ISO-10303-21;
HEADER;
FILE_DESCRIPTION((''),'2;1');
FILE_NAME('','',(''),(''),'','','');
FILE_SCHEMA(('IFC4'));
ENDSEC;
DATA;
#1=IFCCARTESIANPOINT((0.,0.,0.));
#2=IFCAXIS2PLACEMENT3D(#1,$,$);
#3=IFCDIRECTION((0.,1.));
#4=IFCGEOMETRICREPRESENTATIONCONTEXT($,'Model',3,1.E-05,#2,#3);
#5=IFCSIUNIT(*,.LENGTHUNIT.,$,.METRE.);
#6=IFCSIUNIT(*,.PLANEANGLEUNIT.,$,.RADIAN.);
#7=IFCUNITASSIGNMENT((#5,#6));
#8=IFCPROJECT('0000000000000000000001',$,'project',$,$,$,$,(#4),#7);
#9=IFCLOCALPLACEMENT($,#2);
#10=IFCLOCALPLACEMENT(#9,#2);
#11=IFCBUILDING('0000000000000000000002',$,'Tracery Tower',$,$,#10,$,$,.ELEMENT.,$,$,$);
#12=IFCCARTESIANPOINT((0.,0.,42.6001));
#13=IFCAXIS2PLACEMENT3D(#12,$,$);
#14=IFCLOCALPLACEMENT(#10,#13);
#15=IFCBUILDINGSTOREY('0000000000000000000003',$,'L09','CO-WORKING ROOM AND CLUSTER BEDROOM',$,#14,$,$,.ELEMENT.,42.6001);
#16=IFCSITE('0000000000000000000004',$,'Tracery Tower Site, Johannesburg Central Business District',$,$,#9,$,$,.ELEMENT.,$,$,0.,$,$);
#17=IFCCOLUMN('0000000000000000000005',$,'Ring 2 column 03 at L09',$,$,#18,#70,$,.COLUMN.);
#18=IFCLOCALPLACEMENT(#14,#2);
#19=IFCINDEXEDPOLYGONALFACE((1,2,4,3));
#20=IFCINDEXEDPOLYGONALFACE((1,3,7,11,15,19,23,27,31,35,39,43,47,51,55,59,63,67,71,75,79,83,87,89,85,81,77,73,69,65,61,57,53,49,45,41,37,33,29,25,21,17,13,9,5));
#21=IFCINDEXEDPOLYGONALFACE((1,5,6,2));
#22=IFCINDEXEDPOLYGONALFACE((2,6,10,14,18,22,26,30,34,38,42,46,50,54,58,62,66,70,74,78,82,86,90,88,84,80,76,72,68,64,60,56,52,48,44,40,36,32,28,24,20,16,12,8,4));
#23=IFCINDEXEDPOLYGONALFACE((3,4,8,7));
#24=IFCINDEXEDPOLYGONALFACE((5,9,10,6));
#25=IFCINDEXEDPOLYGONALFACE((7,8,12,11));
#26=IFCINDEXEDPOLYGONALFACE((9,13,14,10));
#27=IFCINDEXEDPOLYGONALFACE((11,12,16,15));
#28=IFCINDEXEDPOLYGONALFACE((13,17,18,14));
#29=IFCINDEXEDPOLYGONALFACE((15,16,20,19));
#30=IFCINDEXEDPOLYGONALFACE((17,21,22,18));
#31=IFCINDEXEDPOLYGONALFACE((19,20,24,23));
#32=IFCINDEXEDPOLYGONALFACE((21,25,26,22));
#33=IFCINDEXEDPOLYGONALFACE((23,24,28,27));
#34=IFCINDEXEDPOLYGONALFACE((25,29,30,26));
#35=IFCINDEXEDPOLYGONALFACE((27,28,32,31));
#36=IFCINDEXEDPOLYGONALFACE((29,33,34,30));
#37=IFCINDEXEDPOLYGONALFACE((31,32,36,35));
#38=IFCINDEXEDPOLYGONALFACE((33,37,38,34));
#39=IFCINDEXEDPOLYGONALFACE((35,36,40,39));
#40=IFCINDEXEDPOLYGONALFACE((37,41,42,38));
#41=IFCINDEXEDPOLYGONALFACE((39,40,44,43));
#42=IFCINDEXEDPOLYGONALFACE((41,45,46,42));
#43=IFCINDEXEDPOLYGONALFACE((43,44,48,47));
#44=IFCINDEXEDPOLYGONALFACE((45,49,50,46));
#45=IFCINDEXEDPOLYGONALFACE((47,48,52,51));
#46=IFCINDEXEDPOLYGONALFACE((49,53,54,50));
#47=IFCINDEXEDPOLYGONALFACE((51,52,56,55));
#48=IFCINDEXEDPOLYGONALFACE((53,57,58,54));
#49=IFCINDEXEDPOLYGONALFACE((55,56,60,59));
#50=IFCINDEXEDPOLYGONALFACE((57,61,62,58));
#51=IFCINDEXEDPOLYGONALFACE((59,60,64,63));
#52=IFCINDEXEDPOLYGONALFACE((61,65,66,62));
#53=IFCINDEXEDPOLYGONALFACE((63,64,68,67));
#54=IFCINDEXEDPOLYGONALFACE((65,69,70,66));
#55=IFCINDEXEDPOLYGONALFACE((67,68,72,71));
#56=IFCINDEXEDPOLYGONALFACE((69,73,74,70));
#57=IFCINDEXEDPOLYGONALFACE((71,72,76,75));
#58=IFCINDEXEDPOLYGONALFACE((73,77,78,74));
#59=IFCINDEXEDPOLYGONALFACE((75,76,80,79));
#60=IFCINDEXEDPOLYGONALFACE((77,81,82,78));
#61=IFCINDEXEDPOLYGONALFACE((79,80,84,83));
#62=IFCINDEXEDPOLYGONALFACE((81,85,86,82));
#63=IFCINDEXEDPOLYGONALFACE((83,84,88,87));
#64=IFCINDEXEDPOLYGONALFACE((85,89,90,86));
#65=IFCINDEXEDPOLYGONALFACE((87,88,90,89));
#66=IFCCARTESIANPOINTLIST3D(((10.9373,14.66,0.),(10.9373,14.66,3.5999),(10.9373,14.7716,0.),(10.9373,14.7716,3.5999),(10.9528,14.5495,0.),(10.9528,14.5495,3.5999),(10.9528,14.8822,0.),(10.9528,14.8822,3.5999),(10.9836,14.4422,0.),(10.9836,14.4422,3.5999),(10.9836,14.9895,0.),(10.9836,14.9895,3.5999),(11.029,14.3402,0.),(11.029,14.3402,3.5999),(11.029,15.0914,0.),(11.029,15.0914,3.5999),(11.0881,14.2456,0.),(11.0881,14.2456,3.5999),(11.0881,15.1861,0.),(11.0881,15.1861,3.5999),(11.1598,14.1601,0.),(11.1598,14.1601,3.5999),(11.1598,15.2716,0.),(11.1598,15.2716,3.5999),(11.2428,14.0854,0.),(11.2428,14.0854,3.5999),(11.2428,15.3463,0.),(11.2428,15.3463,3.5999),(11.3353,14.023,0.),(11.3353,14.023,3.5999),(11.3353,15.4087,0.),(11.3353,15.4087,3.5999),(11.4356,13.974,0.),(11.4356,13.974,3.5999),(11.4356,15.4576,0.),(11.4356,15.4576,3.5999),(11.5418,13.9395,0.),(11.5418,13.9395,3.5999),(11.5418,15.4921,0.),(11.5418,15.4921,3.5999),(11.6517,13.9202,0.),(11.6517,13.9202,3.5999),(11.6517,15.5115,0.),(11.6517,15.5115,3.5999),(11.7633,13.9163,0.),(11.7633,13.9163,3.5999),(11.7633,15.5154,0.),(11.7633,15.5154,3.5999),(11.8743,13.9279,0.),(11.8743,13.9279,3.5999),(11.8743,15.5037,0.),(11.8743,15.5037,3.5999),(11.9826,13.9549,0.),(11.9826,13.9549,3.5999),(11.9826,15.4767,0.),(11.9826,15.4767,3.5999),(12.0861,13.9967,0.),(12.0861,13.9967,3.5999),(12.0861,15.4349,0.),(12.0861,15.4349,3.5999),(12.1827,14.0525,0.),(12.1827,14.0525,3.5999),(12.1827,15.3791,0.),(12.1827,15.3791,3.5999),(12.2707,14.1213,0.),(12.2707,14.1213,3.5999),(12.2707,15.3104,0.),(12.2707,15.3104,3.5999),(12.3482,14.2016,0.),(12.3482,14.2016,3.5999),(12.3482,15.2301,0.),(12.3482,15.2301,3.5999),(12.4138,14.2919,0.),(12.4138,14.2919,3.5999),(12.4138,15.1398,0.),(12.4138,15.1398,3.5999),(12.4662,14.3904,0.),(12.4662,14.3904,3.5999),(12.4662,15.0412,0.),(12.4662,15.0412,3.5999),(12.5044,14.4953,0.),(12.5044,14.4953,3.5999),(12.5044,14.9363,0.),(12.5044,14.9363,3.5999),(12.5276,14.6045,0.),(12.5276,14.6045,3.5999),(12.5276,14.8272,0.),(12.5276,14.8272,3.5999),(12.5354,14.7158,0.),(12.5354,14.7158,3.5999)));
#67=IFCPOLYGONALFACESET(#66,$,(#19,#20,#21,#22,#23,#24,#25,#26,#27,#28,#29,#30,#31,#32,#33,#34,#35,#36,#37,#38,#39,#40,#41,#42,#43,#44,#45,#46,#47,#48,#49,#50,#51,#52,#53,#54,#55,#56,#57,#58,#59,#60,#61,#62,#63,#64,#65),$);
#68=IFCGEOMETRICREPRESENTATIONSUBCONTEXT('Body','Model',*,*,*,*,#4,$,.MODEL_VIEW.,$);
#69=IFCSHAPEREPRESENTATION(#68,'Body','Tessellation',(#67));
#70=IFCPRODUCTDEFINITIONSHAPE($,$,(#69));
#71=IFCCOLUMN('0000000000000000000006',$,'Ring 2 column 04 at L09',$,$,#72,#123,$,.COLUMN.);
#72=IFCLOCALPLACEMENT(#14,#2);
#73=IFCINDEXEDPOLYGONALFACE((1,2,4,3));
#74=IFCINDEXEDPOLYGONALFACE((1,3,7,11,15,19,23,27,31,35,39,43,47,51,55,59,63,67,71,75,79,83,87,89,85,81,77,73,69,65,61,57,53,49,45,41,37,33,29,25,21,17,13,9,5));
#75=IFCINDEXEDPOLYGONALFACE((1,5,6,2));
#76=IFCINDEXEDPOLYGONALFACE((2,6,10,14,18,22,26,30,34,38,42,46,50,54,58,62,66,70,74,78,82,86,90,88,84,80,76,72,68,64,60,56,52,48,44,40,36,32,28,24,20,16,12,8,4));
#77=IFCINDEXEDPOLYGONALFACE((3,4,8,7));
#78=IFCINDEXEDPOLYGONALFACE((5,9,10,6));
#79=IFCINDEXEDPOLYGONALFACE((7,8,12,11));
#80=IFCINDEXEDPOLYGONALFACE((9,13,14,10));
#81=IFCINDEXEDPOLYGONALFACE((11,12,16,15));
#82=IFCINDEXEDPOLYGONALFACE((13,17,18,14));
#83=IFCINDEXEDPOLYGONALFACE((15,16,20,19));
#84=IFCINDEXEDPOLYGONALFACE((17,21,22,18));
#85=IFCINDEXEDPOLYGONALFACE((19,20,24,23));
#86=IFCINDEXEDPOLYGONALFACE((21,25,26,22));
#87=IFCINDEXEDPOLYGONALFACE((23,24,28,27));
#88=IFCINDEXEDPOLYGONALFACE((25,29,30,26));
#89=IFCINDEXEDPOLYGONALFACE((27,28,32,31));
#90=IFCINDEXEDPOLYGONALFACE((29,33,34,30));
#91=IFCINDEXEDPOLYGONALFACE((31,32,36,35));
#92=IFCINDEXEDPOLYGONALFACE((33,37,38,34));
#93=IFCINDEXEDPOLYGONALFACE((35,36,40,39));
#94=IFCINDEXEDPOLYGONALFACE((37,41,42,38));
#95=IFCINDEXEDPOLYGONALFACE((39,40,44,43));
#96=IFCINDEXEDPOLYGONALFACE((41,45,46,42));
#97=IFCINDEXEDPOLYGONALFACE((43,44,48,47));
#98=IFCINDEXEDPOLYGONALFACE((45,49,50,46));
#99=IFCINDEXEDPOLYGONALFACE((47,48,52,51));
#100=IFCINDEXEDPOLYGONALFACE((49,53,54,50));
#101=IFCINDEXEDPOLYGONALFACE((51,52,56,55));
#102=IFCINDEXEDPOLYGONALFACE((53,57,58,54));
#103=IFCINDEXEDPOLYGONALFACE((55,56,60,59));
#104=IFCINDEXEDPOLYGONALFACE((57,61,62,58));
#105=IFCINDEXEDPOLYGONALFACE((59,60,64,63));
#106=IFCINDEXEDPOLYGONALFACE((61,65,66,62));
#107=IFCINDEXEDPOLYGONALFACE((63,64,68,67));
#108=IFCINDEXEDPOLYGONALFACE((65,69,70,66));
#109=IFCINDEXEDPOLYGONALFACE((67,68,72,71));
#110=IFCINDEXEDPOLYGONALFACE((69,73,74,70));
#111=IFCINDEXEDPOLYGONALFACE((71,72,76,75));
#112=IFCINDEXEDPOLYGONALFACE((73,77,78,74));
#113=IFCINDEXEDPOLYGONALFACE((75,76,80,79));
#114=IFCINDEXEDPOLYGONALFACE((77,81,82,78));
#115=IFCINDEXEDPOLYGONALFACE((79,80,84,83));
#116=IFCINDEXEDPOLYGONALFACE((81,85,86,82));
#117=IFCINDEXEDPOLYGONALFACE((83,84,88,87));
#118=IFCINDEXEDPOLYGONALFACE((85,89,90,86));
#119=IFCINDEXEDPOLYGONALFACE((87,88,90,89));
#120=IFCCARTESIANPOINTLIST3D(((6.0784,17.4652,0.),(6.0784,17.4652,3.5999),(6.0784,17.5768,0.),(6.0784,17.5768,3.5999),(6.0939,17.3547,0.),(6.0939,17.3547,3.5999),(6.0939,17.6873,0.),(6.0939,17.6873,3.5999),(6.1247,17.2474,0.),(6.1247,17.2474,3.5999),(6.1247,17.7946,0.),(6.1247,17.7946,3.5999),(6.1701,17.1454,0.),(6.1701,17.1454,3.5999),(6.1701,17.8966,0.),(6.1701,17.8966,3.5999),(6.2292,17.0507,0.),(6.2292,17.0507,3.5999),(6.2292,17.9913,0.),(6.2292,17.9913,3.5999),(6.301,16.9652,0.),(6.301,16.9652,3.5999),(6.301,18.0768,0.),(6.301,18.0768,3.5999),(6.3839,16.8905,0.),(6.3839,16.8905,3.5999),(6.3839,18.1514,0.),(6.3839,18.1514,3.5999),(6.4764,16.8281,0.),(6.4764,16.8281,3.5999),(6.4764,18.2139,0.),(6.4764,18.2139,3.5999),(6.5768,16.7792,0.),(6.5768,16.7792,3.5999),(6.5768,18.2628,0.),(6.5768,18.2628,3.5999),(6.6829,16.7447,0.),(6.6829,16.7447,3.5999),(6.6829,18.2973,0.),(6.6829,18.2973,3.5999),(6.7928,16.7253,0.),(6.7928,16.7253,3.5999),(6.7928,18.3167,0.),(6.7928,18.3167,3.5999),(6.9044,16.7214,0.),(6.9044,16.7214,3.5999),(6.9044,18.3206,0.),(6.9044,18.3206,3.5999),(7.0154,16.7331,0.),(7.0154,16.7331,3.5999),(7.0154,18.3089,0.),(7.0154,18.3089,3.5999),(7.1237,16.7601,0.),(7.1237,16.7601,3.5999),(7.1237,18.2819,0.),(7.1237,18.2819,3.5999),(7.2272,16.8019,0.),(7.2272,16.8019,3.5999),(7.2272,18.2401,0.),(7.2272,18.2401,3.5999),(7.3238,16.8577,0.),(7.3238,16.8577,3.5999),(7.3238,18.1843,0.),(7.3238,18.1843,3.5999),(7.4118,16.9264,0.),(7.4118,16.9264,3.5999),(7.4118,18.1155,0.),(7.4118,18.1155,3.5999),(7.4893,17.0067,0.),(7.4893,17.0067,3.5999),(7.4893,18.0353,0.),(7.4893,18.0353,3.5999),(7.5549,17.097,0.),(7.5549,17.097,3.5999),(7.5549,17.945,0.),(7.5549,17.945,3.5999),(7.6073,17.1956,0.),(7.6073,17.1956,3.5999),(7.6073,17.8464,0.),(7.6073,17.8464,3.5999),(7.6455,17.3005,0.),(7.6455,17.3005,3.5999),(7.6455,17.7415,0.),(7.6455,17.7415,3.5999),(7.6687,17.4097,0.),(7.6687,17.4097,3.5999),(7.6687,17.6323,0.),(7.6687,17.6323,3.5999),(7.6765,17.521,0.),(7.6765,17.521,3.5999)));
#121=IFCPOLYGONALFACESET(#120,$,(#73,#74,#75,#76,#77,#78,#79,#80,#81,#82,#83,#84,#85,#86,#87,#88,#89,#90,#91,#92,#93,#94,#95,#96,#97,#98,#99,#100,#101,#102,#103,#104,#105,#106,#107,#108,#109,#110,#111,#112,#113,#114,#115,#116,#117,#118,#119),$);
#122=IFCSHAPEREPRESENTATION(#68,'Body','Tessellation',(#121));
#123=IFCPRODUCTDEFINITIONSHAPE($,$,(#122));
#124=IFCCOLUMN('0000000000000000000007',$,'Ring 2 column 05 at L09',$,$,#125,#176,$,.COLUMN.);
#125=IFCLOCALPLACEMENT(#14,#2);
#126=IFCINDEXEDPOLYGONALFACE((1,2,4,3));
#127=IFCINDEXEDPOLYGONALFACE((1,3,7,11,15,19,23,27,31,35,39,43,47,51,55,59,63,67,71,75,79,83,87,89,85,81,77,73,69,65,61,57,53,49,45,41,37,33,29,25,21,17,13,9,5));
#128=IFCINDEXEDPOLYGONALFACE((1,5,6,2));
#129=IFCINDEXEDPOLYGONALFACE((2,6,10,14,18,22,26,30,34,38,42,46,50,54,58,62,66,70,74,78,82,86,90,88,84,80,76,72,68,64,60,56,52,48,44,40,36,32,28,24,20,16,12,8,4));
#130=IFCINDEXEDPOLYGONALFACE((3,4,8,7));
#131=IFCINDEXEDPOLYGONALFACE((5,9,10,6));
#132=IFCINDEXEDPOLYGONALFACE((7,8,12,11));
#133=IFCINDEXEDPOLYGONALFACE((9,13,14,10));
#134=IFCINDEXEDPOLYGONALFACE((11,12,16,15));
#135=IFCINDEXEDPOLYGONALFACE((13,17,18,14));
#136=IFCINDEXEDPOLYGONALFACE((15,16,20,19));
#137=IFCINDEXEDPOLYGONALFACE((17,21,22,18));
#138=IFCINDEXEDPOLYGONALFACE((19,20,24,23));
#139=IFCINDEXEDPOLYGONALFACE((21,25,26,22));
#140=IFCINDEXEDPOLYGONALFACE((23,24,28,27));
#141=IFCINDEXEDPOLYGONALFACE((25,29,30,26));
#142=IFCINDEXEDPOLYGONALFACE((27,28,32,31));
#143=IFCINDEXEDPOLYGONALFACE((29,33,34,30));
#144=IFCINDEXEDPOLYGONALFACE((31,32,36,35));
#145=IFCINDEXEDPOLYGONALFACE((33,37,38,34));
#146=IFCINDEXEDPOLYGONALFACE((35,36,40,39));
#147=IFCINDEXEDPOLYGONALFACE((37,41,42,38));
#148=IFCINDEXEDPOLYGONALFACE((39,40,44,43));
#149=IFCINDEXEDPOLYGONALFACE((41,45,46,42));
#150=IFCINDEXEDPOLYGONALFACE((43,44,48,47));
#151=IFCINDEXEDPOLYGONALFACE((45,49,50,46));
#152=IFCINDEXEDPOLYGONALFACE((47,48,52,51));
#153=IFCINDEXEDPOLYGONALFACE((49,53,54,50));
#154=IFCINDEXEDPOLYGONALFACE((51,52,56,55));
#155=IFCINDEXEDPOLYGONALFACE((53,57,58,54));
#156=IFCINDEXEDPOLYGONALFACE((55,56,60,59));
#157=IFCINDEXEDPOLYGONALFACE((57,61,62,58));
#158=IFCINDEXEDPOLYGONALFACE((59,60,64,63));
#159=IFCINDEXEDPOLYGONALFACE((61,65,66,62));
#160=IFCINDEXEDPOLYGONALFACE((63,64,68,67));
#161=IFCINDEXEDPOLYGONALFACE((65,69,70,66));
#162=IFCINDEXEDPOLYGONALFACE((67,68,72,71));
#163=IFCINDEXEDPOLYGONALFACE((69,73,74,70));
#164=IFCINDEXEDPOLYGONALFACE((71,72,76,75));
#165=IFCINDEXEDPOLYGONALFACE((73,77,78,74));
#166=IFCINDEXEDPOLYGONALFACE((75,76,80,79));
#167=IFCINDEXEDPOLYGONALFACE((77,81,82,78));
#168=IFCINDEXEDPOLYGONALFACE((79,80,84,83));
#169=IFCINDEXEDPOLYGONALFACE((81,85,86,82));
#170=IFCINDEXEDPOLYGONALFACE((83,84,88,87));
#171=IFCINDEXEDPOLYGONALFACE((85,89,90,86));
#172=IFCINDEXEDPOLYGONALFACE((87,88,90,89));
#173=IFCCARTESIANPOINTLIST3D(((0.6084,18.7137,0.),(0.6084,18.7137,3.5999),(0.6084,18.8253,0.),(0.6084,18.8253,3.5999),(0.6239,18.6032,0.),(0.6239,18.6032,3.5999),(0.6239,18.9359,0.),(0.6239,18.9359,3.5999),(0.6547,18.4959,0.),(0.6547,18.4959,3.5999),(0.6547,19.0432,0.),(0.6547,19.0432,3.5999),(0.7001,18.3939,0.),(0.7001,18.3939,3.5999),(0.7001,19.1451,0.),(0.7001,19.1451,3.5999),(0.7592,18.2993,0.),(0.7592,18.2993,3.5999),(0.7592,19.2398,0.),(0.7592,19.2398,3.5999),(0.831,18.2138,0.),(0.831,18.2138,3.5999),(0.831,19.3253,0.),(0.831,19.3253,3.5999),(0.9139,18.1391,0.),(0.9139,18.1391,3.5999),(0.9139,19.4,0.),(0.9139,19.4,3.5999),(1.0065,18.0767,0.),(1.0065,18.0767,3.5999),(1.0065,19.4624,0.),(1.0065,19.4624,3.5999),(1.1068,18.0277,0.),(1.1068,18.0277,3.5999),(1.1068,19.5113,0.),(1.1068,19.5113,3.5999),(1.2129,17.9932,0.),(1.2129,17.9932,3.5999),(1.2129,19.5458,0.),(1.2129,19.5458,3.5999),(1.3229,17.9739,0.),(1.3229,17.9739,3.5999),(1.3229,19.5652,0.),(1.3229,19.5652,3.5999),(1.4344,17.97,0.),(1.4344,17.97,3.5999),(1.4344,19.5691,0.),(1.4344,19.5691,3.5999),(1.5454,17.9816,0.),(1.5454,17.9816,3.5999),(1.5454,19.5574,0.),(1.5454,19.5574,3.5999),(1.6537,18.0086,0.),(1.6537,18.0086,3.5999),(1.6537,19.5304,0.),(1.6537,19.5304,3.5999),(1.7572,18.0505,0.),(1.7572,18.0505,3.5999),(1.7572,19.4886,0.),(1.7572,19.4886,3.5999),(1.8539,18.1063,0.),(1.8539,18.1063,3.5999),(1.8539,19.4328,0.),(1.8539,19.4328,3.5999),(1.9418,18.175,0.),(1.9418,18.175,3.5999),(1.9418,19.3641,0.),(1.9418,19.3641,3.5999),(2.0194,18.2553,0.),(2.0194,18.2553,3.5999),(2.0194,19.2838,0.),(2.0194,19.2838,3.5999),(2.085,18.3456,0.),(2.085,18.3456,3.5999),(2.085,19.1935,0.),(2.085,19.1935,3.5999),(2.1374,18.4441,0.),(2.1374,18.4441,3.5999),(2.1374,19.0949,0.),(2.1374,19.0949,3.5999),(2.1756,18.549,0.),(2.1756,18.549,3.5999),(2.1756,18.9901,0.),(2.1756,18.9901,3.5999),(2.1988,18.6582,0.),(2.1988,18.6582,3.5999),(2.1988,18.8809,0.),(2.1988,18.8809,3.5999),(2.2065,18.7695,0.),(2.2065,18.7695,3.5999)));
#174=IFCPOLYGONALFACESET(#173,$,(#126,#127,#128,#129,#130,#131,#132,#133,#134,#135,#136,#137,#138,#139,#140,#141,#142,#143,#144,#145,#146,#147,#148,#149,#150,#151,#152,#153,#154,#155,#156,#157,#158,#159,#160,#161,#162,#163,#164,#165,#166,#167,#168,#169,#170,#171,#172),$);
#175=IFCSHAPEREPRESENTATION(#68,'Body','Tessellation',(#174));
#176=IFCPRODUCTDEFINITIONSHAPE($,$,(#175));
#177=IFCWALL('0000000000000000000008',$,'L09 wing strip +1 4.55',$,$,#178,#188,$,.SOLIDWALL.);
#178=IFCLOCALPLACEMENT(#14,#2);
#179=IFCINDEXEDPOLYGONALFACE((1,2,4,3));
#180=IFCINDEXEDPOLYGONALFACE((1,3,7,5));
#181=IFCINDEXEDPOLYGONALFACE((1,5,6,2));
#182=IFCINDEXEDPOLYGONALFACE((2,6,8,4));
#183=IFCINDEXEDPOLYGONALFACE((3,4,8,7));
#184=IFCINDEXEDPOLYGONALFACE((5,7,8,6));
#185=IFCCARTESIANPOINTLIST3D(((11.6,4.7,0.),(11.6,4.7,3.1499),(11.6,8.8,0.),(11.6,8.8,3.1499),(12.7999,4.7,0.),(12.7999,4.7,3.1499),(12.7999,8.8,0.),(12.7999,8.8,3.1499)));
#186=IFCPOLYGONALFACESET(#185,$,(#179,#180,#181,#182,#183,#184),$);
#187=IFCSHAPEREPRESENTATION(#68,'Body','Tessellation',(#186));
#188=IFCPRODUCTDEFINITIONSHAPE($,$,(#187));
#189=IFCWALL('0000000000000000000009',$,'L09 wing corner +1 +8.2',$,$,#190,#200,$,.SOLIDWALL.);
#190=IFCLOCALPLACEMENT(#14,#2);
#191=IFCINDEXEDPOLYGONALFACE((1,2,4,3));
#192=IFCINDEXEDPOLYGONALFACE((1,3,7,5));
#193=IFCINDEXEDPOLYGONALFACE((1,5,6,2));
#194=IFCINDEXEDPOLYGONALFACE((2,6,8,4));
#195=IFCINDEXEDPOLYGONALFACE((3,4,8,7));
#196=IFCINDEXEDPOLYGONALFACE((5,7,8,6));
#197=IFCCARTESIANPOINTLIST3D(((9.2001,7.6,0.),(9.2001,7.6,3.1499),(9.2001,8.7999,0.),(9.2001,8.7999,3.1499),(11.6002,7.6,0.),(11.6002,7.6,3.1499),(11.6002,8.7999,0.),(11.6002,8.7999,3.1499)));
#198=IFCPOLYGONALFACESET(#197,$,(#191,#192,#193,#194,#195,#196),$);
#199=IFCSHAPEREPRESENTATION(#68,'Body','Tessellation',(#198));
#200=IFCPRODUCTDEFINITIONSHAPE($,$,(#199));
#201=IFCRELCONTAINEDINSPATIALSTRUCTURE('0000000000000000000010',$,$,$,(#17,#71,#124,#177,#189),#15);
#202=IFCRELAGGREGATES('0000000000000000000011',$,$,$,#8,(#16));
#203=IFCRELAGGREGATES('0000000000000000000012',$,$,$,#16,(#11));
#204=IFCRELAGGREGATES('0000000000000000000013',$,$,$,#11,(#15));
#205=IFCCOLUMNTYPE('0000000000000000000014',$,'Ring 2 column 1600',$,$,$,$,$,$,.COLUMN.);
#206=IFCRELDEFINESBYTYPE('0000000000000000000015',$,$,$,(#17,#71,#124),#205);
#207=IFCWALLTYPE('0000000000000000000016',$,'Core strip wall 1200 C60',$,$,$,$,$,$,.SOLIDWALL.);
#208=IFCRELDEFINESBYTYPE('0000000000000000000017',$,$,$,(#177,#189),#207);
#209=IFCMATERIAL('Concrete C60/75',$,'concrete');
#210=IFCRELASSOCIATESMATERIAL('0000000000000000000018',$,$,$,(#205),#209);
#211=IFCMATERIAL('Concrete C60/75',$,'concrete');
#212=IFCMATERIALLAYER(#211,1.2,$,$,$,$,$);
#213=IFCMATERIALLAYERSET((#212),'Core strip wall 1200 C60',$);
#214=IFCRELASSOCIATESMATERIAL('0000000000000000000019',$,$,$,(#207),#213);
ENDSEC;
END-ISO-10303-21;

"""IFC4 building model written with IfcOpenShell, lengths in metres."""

from ifc_helpers import new_model, si_unit, direction, frame, frame_2d, origin, origin_2d, place, context, subcontext, project, spatial, rectangle, circle, extrude, material, layer, layer_set, material_profile, profile_set, type_object, element, save


model = new_model("IFC4")

# Units and contexts
model_context = context("Model", 3, precision=1e-05, world=origin(), true_north=direction((0.0, 1.0)))
body_context = subcontext(model_context, "Body", "Model", "MODEL_VIEW")
ifc_project = project(units=[si_unit("LENGTHUNIT", "METRE"), si_unit("PLANEANGLEUNIT", "RADIAN")], contexts=[model_context])

# Site, building, storey
site_placement = place(None, origin())
site = spatial("IfcSite", under=ifc_project, at=site_placement, Name="Tracery Tower Site, Johannesburg Central Business District", CompositionType="ELEMENT", RefElevation=0.0)
building_placement = place(site_placement, origin())
building = spatial("IfcBuilding", under=site, at=building_placement, Name="Tracery Tower", CompositionType="ELEMENT")
storey_placement = place(building_placement, frame((0.0, 0.0, 42.6001)))
storey = spatial("IfcBuildingStorey", under=building, at=storey_placement, Name="L09", Description="CO-WORKING ROOM AND CLUSTER BEDROOM", CompositionType="ELEMENT", Elevation=42.6001)

# Columns
ifc_material_1 = material(Name="Concrete C60/75", Category="concrete")
ifc_material_profile_1 = material_profile(ifc_material_1, circle(Radius=0.8, at=origin_2d()), Name="RC D1600")
ifc_profile_set_1 = profile_set([ifc_material_profile_1], Name="Concrete C60/75")
column_type_1 = type_object("IfcColumnType", Name="Ring 2 column 1600", PredefinedType="COLUMN", material=ifc_profile_set_1)
for number, where, z_axis, x_axis, name in (
    (1, (11.7354, 14.7158, 0.0), (0.0, 0.0, 1.0), (1.0, 0.0, 0.0), "Ring 2 column 03 at L09"),
    (2, (6.8765, 17.521, 0.0), (0.0, 0.0, 1.0), (1.0, 0.0, 0.0), "Ring 2 column 04 at L09"),
    (3, (1.4065, 18.7695, 0.0), (0.0, 0.0, 1.0), (1.0, 0.0, 0.0), "Ring 2 column 05 at L09"),
):
    element("IfcColumn", number, at=place(storey_placement, frame(where, z_axis=z_axis, x_axis=x_axis)), inside=storey, type_object=column_type_1, Name=name, PredefinedType="COLUMN", context=body_context, shape_type="SweptSolid", body=[
        extrude(circle(Radius=0.8, at=origin_2d()), origin(), (0.0, 0.0, 1.0), 3.5999),
    ])

# Walls
ifc_material_2 = material(Name="Concrete C60/75", Category="concrete")
ifc_layer_1 = layer(ifc_material_2, 1.2)
ifc_layer_set_1 = layer_set([ifc_layer_1], Name="Core strip wall 1200 C60")
wall_type_1 = type_object("IfcWallType", Name="Core strip wall 1200 C60", PredefinedType="SOLIDWALL", material=ifc_layer_set_1)
wall_1_placement = place(storey_placement, frame((12.2, 4.7, 0.0), z_axis=(0.0, 0.0, 1.0), x_axis=(0.0, 1.0, 0.0)))
element("IfcWall", 4, at=wall_1_placement, inside=storey, type_object=wall_type_1, Name="L09 wing strip +1 4.55", PredefinedType="SOLIDWALL", context=body_context, shape_type="SweptSolid", body=[
    extrude(rectangle(XDim=4.1001, YDim=1.2, at=frame_2d((2.05, 0.0))), origin(), (0.0, 0.0, 1.0), 3.1499),
])
wall_2_placement = place(storey_placement, frame((9.2, 8.2, 0.0), z_axis=(0.0, 0.0, 1.0), x_axis=(1.0, 0.0, 0.0)))
element("IfcWall", 5, at=wall_2_placement, inside=storey, type_object=wall_type_1, Name="L09 wing corner +1 +8.2", PredefinedType="SOLIDWALL", context=body_context, shape_type="SweptSolid", body=[
    extrude(rectangle(XDim=2.4001, YDim=1.2, at=frame_2d((1.2002, 0.0))), origin(), (0.0, 0.0, 1.0), 3.1499),
])

save(model, "model.ifc")
